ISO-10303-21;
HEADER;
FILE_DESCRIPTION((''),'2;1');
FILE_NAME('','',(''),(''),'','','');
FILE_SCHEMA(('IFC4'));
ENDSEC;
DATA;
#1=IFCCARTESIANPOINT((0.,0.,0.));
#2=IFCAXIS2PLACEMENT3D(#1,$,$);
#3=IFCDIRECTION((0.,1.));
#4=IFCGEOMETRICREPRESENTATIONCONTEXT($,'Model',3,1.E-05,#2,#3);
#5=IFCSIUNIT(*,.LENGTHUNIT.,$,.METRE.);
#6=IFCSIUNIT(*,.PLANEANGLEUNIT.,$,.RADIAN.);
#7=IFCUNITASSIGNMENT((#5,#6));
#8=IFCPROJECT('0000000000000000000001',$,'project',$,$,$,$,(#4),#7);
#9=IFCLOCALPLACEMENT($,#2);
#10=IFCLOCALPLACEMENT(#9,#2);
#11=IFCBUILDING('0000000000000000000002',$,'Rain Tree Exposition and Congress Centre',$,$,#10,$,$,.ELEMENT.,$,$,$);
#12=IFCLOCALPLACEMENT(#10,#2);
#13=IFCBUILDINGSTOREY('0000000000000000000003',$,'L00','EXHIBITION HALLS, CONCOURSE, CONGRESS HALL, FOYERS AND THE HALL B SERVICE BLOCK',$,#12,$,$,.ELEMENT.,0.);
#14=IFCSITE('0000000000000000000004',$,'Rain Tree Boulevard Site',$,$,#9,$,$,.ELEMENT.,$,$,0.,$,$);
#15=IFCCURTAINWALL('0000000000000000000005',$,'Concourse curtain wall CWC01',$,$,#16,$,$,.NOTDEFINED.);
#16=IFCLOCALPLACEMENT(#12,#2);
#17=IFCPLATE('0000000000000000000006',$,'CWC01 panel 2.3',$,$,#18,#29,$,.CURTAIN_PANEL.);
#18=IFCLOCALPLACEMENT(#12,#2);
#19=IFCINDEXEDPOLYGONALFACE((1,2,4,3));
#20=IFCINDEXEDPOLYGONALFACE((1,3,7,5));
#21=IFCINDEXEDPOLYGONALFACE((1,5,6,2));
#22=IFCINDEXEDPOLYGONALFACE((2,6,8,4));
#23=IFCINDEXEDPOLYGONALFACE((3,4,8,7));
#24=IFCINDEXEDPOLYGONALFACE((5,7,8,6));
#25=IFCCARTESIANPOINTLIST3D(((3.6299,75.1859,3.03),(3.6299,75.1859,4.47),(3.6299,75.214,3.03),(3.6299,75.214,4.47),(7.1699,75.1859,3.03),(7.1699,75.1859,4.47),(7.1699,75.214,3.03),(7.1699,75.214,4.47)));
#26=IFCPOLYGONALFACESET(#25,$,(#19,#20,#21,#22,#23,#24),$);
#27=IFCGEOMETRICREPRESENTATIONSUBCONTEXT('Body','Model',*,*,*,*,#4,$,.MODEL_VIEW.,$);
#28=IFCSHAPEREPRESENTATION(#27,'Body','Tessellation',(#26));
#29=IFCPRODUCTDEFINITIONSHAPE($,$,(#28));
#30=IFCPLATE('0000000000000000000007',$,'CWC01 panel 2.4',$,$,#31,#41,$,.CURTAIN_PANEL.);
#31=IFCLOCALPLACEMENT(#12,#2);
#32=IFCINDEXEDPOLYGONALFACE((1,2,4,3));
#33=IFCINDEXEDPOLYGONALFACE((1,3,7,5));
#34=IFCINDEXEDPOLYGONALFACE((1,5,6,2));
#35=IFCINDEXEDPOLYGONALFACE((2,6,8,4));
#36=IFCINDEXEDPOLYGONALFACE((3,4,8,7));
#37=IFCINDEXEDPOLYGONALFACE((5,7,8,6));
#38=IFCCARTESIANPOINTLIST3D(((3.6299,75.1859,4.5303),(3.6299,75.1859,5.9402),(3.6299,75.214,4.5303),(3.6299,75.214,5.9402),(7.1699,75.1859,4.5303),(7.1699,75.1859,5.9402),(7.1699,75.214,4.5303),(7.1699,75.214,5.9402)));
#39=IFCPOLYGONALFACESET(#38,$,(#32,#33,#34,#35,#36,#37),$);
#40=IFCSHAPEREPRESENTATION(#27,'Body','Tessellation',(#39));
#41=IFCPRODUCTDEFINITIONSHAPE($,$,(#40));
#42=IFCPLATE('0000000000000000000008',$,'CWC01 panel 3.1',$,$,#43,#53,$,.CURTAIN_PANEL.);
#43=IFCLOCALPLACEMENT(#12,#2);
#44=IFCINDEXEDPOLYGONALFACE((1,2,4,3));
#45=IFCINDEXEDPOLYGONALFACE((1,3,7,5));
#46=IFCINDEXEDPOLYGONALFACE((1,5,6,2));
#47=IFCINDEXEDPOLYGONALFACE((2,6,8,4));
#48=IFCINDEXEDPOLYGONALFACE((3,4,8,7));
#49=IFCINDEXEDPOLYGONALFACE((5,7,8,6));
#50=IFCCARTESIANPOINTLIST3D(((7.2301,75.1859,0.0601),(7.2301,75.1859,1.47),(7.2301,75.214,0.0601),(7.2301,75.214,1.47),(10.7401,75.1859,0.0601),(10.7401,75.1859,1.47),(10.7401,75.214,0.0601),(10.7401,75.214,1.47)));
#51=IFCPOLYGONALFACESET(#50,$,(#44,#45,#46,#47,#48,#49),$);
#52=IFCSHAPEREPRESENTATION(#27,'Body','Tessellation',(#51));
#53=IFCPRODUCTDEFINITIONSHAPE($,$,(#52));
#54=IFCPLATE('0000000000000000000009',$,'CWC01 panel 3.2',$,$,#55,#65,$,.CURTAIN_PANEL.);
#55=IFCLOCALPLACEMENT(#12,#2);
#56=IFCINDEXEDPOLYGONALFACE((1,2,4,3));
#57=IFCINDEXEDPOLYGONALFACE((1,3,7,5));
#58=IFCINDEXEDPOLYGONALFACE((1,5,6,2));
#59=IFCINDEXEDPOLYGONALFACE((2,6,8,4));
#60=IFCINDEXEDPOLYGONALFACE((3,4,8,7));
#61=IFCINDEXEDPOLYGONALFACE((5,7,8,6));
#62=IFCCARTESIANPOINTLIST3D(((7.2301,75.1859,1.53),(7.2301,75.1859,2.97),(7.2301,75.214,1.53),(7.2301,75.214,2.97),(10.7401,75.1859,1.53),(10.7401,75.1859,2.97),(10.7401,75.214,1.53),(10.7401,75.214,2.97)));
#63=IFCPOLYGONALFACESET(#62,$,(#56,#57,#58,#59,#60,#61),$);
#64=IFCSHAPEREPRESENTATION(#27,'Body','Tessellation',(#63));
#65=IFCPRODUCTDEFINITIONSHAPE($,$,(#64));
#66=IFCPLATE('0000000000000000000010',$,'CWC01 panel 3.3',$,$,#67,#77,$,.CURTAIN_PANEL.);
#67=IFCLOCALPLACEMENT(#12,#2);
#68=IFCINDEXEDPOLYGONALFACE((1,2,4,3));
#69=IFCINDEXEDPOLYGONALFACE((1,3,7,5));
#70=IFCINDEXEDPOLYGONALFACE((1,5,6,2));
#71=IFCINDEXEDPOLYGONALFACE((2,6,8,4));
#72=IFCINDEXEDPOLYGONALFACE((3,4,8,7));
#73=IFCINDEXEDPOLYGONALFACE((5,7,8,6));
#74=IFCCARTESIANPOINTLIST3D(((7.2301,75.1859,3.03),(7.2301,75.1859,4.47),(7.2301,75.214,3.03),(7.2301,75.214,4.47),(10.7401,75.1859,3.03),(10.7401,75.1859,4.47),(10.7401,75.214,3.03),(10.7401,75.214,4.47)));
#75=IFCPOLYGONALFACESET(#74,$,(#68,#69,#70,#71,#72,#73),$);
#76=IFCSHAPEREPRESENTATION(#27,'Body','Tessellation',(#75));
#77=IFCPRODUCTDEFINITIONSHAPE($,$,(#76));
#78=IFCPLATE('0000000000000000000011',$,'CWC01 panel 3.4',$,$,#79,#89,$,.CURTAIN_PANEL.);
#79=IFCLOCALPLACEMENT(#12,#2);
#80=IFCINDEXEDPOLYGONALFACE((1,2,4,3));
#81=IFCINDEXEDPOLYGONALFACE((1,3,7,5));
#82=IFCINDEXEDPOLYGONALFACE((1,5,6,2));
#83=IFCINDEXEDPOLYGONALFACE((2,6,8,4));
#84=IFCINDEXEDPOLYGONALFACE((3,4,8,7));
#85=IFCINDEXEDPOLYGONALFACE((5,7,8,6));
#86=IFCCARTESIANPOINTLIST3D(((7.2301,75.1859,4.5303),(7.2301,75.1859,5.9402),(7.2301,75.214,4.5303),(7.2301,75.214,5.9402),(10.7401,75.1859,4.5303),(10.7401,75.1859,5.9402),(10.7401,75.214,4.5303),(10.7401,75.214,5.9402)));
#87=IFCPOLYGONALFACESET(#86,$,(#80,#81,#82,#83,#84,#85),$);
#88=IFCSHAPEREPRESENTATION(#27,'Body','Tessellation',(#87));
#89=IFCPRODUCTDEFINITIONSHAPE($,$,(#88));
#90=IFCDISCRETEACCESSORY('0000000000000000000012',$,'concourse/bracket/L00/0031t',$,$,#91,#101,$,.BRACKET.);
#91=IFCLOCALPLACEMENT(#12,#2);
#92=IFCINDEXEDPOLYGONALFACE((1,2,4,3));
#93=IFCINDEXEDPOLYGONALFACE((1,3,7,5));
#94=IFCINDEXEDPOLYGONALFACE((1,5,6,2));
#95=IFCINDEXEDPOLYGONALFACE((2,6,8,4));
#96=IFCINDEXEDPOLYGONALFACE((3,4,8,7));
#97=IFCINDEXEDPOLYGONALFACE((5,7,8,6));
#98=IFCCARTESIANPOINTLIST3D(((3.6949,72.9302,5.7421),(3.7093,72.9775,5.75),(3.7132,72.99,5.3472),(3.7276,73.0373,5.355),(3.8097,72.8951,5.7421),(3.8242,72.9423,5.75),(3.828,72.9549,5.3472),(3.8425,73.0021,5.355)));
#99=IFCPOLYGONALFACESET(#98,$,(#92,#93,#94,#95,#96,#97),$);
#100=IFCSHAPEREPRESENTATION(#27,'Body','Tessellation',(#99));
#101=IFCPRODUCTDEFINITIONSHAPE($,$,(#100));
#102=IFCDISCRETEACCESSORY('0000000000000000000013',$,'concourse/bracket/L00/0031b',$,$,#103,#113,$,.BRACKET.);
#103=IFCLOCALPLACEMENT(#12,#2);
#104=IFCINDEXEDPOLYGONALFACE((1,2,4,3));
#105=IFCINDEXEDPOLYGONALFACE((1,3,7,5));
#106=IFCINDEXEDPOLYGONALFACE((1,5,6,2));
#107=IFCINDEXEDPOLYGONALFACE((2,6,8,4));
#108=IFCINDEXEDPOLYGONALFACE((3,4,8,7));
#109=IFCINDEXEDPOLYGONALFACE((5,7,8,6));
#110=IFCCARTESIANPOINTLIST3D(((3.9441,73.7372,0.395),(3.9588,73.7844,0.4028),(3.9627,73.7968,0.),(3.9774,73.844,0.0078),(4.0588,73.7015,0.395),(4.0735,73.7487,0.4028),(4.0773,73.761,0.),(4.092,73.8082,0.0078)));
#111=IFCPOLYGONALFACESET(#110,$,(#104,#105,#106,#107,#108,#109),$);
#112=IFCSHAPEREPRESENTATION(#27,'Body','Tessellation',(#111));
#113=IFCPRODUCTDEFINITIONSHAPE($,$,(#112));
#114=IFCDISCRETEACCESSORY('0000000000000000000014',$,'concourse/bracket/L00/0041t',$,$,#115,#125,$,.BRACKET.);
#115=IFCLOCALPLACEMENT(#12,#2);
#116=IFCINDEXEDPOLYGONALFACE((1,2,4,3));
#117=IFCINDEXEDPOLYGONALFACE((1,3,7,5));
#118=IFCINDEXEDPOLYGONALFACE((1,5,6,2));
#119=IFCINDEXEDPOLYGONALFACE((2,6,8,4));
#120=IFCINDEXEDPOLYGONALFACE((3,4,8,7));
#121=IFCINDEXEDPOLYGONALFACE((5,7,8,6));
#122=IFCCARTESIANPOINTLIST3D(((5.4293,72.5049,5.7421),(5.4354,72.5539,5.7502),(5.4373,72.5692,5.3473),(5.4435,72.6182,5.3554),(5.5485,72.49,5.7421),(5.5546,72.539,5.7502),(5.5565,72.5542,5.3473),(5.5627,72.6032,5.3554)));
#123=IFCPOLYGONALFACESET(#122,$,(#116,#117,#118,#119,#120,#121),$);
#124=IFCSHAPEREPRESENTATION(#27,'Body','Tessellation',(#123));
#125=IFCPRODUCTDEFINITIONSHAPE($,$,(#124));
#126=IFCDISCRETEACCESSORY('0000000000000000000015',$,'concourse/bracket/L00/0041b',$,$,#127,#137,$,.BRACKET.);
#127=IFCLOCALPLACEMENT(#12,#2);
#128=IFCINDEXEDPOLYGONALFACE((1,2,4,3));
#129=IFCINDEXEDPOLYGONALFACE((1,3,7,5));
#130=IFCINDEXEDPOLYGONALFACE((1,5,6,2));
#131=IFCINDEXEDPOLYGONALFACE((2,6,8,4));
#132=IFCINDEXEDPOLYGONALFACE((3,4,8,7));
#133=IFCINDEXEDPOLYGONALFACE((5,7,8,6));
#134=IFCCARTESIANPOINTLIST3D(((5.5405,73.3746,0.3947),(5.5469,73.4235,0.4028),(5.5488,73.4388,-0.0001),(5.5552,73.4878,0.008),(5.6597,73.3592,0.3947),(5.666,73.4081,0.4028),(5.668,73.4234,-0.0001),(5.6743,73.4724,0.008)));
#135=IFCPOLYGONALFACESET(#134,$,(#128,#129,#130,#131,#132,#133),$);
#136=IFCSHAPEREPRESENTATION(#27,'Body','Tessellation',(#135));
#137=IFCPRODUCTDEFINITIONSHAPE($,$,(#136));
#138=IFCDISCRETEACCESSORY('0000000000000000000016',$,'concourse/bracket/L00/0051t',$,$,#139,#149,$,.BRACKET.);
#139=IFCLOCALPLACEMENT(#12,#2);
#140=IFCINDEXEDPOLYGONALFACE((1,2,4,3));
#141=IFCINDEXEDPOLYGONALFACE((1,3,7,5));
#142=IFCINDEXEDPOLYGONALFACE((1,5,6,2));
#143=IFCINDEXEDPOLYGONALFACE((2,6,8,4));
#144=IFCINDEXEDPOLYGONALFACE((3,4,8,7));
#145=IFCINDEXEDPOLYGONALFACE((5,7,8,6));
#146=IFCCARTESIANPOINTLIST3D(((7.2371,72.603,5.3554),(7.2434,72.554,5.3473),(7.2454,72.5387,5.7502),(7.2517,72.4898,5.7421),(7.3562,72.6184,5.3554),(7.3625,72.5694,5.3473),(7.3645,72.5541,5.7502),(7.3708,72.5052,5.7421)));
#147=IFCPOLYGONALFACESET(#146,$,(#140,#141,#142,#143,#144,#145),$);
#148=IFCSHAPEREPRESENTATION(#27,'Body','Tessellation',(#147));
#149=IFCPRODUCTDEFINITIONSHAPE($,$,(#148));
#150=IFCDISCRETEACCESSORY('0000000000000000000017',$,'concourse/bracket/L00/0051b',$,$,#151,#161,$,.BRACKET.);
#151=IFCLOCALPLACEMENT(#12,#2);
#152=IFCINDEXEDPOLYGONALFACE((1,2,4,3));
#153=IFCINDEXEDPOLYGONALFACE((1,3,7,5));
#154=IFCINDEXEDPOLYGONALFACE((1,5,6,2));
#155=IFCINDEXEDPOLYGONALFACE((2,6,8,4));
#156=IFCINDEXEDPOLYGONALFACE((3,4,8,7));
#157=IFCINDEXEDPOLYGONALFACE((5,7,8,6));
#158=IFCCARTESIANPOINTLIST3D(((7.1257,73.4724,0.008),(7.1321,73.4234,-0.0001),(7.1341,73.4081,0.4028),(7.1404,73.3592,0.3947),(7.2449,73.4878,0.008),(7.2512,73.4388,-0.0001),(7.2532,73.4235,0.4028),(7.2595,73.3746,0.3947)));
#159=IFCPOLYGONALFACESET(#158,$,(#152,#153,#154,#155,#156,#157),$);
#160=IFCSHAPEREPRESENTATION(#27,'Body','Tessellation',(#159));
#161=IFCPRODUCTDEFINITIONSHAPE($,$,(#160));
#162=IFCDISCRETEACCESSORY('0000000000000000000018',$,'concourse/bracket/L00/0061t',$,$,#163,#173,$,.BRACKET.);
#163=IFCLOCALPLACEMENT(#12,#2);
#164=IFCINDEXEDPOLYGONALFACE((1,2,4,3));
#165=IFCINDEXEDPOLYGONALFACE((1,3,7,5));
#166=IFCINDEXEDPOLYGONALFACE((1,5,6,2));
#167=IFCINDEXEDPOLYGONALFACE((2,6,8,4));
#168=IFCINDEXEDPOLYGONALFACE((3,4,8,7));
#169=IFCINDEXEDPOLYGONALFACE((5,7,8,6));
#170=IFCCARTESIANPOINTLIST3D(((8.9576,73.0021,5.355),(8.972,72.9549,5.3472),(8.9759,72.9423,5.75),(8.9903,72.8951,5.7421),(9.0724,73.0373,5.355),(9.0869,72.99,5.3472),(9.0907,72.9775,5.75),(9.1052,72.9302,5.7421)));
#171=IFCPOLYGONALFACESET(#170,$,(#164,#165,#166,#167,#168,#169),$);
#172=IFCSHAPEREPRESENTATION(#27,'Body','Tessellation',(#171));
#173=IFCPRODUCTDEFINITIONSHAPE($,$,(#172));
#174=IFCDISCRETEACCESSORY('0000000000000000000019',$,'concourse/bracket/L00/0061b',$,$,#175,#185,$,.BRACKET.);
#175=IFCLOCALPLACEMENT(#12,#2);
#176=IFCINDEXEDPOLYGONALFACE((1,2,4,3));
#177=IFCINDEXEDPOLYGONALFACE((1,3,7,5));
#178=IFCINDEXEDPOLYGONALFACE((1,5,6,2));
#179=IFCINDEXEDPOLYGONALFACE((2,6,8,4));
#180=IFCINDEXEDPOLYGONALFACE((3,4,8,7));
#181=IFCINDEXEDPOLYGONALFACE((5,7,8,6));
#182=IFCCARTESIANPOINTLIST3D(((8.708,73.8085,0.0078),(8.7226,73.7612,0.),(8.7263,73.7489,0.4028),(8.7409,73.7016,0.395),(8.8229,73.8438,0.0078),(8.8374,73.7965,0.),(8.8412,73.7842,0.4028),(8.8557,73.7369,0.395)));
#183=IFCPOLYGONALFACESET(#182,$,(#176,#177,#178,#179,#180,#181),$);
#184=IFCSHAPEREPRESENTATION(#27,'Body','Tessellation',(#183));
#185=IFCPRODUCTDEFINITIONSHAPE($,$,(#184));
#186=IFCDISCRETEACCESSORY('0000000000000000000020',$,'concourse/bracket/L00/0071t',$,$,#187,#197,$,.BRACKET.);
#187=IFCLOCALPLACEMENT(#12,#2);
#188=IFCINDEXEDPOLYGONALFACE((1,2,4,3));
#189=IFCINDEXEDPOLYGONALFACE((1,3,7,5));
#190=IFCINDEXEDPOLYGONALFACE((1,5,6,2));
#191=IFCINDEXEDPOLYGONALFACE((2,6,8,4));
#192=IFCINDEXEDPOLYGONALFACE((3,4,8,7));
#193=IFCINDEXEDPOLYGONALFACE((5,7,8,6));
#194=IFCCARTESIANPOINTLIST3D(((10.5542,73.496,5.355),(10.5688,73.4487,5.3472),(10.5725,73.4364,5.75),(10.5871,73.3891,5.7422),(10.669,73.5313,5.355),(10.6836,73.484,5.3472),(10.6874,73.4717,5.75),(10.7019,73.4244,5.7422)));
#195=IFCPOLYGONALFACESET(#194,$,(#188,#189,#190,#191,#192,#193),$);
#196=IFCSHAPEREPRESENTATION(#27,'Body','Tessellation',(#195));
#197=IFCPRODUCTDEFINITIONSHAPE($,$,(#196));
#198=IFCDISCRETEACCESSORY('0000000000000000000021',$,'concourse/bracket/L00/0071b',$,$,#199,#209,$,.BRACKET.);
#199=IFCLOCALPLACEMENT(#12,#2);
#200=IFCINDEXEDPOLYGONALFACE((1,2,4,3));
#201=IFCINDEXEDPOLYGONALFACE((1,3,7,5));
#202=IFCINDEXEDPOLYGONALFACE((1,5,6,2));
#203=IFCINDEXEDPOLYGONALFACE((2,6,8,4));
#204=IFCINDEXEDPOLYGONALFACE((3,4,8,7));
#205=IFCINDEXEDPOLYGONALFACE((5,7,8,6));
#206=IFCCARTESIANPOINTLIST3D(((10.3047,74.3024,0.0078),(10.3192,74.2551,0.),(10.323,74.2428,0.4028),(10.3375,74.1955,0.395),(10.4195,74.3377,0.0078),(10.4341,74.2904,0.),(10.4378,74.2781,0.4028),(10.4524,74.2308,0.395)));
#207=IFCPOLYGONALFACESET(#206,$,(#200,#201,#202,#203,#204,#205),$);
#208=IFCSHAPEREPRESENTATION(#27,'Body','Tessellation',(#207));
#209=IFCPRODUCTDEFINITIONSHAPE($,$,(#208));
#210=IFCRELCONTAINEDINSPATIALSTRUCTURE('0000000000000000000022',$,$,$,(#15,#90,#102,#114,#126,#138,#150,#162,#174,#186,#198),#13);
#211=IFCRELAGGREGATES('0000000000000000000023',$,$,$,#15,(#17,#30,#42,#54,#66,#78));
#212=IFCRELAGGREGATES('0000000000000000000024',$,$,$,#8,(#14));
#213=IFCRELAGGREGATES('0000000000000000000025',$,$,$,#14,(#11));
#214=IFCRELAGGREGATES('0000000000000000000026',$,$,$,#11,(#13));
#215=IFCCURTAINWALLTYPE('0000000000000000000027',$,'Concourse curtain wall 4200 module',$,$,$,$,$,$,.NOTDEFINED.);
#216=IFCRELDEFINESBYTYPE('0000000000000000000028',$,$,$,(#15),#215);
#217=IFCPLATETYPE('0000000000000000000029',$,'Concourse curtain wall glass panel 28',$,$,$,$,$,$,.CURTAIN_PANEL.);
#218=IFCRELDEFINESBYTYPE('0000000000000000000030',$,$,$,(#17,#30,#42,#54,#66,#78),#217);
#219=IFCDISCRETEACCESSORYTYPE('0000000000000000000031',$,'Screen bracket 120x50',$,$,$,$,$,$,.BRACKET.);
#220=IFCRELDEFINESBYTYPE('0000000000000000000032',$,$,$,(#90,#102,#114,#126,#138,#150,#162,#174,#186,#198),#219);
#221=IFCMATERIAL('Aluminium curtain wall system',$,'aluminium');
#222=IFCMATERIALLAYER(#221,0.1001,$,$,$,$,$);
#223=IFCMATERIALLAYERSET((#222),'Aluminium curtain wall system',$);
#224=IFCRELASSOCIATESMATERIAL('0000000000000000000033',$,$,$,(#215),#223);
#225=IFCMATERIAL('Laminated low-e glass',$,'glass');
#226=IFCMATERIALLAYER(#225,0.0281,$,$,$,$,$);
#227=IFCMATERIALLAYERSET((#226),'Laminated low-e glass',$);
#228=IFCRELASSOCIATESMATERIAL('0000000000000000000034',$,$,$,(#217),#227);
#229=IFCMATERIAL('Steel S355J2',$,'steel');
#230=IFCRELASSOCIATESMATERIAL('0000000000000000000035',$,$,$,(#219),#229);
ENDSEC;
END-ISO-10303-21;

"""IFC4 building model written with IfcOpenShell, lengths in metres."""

from ifc_helpers import new_model, si_unit, direction, frame, origin, origin_2d, place, context, subcontext, project, spatial, rectangle, extrude, material, layer, layer_set, material_profile, profile_set, type_object, element, aggregate, save


model = new_model("IFC4")

# Units and contexts
model_context = context("Model", 3, precision=1e-05, world=origin(), true_north=direction((0.0, 1.0)))
body_context = subcontext(model_context, "Body", "Model", "MODEL_VIEW")
ifc_project = project(units=[si_unit("LENGTHUNIT", "METRE"), si_unit("PLANEANGLEUNIT", "RADIAN")], contexts=[model_context])

# Site, building, storey
site_placement = place(None, origin())
site = spatial("IfcSite", under=ifc_project, at=site_placement, Name="Rain Tree Boulevard Site", CompositionType="ELEMENT", RefElevation=0.0)
building_placement = place(site_placement, origin())
building = spatial("IfcBuilding", under=site, at=building_placement, Name="Rain Tree Exposition and Congress Centre", CompositionType="ELEMENT")
storey_placement = place(building_placement, origin())
storey = spatial("IfcBuildingStorey", under=building, at=storey_placement, Name="L00", Description="EXHIBITION HALLS, CONCOURSE, CONGRESS HALL, FOYERS AND THE HALL B SERVICE BLOCK", CompositionType="ELEMENT", Elevation=0.0)

# Curtain wall, plates
ifc_material_1 = material(Name="Aluminium curtain wall system", Category="aluminium")
ifc_layer_1 = layer(ifc_material_1, 0.1001)
ifc_layer_set_1 = layer_set([ifc_layer_1], Name="Aluminium curtain wall system")
curtain_wall_type = type_object("IfcCurtainWallType", Name="Concourse curtain wall 4200 module", PredefinedType="NOTDEFINED", material=ifc_layer_set_1)
curtain_wall_placement = place(storey_placement, origin())
curtain_wall = element("IfcCurtainWall", 1, at=curtain_wall_placement, inside=storey, type_object=curtain_wall_type, Name="Concourse curtain wall CWC01", PredefinedType="NOTDEFINED")
ifc_material_2 = material(Name="Laminated low-e glass", Category="glass")
ifc_layer_2 = layer(ifc_material_2, 0.0281)
ifc_layer_set_2 = layer_set([ifc_layer_2], Name="Laminated low-e glass")
plate_type = type_object("IfcPlateType", Name="Concourse curtain wall glass panel 28", PredefinedType="CURTAIN_PANEL", material=ifc_layer_set_2)
plate_1_placement = place(storey_placement, frame((5.3999, 75.2, 3.03), z_axis=(0.0, 0.0, 1.0), x_axis=(1.0, 0.0, 0.0)))
plate_1 = element("IfcPlate", 2, at=plate_1_placement, type_object=plate_type, Name="CWC01 panel 2.3", PredefinedType="CURTAIN_PANEL", context=body_context, shape_type="SweptSolid", body=[
    extrude(rectangle(XDim=3.54, YDim=0.0281, at=origin_2d()), origin(), (0.0, 0.0, 1.0), 1.4399),
])
plate_2_placement = place(storey_placement, frame((5.3999, 75.2, 4.5303), z_axis=(0.0, 0.0, 1.0), x_axis=(1.0, 0.0, 0.0)))
plate_2 = element("IfcPlate", 3, at=plate_2_placement, type_object=plate_type, Name="CWC01 panel 2.4", PredefinedType="CURTAIN_PANEL", context=body_context, shape_type="SweptSolid", body=[
    extrude(rectangle(XDim=3.54, YDim=0.0281, at=origin_2d()), origin(), (0.0, 0.0, 1.0), 1.4099),
])
plate_3_placement = place(storey_placement, frame((8.9851, 75.2, 0.0601), z_axis=(0.0, 0.0, 1.0), x_axis=(1.0, 0.0, 0.0)))
plate_3 = element("IfcPlate", 4, at=plate_3_placement, type_object=plate_type, Name="CWC01 panel 3.1", PredefinedType="CURTAIN_PANEL", context=body_context, shape_type="SweptSolid", body=[
    extrude(rectangle(XDim=3.51, YDim=0.0281, at=origin_2d()), origin(), (0.0, 0.0, 1.0), 1.4099),
])
plate_4_placement = place(storey_placement, frame((8.9851, 75.2, 1.53), z_axis=(0.0, 0.0, 1.0), x_axis=(1.0, 0.0, 0.0)))
plate_4 = element("IfcPlate", 5, at=plate_4_placement, type_object=plate_type, Name="CWC01 panel 3.2", PredefinedType="CURTAIN_PANEL", context=body_context, shape_type="SweptSolid", body=[
    extrude(rectangle(XDim=3.51, YDim=0.0281, at=origin_2d()), origin(), (0.0, 0.0, 1.0), 1.4399),
])
plate_5_placement = place(storey_placement, frame((8.9851, 75.2, 3.03), z_axis=(0.0, 0.0, 1.0), x_axis=(1.0, 0.0, 0.0)))
plate_5 = element("IfcPlate", 6, at=plate_5_placement, type_object=plate_type, Name="CWC01 panel 3.3", PredefinedType="CURTAIN_PANEL", context=body_context, shape_type="SweptSolid", body=[
    extrude(rectangle(XDim=3.51, YDim=0.0281, at=origin_2d()), origin(), (0.0, 0.0, 1.0), 1.4399),
])
plate_6_placement = place(storey_placement, frame((8.9851, 75.2, 4.5303), z_axis=(0.0, 0.0, 1.0), x_axis=(1.0, 0.0, 0.0)))
plate_6 = element("IfcPlate", 7, at=plate_6_placement, type_object=plate_type, Name="CWC01 panel 3.4", PredefinedType="CURTAIN_PANEL", context=body_context, shape_type="SweptSolid", body=[
    extrude(rectangle(XDim=3.51, YDim=0.0281, at=origin_2d()), origin(), (0.0, 0.0, 1.0), 1.4099),
])
aggregate(curtain_wall, [plate_1, plate_2, plate_3, plate_4, plate_5, plate_6])

# Discrete accessories
ifc_material_3 = material(Name="Steel S355J2", Category="steel")
ifc_material_profile_1 = material_profile(ifc_material_3, rectangle(XDim=0.1201, YDim=0.05, at=origin_2d()), Name="Flat bar 120x50")
ifc_profile_set_1 = profile_set([ifc_material_profile_1], Name="Steel S355J2")
discrete_accessory_type = type_object("IfcDiscreteAccessoryType", Name="Screen bracket 120x50", PredefinedType="BRACKET", material=ifc_profile_set_1)
for number, where, z_axis, x_axis, name in (
    (8, (3.7778, 72.9961, 5.3511), (-0.045783, -0.149558, 0.987692), (0.9562, -0.292714, 0.0), "concourse/bracket/L00/0031t"),
    (9, (4.0273, 73.8025, 0.0039), (-0.046396, -0.148957, 0.987755), (0.954758, -0.297384, 0.0), "concourse/bracket/L00/0031b"),
):
    element("IfcDiscreteAccessory", number, at=place(storey_placement, frame(where, z_axis=z_axis, x_axis=x_axis)), inside=storey, type_object=discrete_accessory_type, Name=name, PredefinedType="BRACKET", context=body_context, shape_type="SweptSolid", body=[
        extrude(rectangle(XDim=0.1201, YDim=0.05, at=origin_2d()), origin(), (0.0, 0.0, 1.0), 0.3999),
    ])
for number, where, z_axis, x_axis, name in (
    (10, (5.5, 72.5862, 5.3513), (-0.020139, -0.160505, 0.98683), (0.99222, -0.124499, 0.0), "concourse/bracket/L00/0041t"),
    (11, (5.6116, 73.4556, 0.0039), (-0.020749, -0.160503, 0.986817), (0.991747, -0.128211, 0.0), "concourse/bracket/L00/0041b"),
    (12, (7.2998, 72.5862, 5.3513), (0.020749, -0.160503, 0.986817), (0.991747, 0.128211, 0.0), "concourse/bracket/L00/0051t"),
    (13, (7.1885, 73.4556, 0.0039), (0.020749, -0.160503, 0.986817), (0.991747, 0.128211, 0.0), "concourse/bracket/L00/0051b"),
):
    element("IfcDiscreteAccessory", number, at=place(storey_placement, frame(where, z_axis=z_axis, x_axis=x_axis)), inside=storey, type_object=discrete_accessory_type, Name=name, PredefinedType="BRACKET", context=body_context, shape_type="SweptSolid", body=[
        extrude(rectangle(XDim=0.1201, YDim=0.05, at=origin_2d()), origin(), (0.0, 0.0, 1.0), 0.4001),
    ])
for number, where, z_axis, x_axis, name in (
    (14, (9.0222, 72.9961, 5.3511), (0.045783, -0.149558, 0.987692), (0.9562, 0.292714, 0.0), "concourse/bracket/L00/0061t"),
    (15, (8.7727, 73.8025, 0.0039), (0.045787, -0.148961, 0.987782), (0.955864, 0.293811, 0.0), "concourse/bracket/L00/0061b"),
    (16, (10.6189, 73.49, 5.3511), (0.045787, -0.148961, 0.987782), (0.955864, 0.293811, 0.0), "concourse/bracket/L00/0071t"),
    (17, (10.3694, 74.2964, 0.0039), (0.045787, -0.148961, 0.987782), (0.955864, 0.293811, 0.0), "concourse/bracket/L00/0071b"),
):
    element("IfcDiscreteAccessory", number, at=place(storey_placement, frame(where, z_axis=z_axis, x_axis=x_axis)), inside=storey, type_object=discrete_accessory_type, Name=name, PredefinedType="BRACKET", context=body_context, shape_type="SweptSolid", body=[
        extrude(rectangle(XDim=0.1201, YDim=0.05, at=origin_2d()), origin(), (0.0, 0.0, 1.0), 0.3999),
    ])

save(model, "model.ifc")
